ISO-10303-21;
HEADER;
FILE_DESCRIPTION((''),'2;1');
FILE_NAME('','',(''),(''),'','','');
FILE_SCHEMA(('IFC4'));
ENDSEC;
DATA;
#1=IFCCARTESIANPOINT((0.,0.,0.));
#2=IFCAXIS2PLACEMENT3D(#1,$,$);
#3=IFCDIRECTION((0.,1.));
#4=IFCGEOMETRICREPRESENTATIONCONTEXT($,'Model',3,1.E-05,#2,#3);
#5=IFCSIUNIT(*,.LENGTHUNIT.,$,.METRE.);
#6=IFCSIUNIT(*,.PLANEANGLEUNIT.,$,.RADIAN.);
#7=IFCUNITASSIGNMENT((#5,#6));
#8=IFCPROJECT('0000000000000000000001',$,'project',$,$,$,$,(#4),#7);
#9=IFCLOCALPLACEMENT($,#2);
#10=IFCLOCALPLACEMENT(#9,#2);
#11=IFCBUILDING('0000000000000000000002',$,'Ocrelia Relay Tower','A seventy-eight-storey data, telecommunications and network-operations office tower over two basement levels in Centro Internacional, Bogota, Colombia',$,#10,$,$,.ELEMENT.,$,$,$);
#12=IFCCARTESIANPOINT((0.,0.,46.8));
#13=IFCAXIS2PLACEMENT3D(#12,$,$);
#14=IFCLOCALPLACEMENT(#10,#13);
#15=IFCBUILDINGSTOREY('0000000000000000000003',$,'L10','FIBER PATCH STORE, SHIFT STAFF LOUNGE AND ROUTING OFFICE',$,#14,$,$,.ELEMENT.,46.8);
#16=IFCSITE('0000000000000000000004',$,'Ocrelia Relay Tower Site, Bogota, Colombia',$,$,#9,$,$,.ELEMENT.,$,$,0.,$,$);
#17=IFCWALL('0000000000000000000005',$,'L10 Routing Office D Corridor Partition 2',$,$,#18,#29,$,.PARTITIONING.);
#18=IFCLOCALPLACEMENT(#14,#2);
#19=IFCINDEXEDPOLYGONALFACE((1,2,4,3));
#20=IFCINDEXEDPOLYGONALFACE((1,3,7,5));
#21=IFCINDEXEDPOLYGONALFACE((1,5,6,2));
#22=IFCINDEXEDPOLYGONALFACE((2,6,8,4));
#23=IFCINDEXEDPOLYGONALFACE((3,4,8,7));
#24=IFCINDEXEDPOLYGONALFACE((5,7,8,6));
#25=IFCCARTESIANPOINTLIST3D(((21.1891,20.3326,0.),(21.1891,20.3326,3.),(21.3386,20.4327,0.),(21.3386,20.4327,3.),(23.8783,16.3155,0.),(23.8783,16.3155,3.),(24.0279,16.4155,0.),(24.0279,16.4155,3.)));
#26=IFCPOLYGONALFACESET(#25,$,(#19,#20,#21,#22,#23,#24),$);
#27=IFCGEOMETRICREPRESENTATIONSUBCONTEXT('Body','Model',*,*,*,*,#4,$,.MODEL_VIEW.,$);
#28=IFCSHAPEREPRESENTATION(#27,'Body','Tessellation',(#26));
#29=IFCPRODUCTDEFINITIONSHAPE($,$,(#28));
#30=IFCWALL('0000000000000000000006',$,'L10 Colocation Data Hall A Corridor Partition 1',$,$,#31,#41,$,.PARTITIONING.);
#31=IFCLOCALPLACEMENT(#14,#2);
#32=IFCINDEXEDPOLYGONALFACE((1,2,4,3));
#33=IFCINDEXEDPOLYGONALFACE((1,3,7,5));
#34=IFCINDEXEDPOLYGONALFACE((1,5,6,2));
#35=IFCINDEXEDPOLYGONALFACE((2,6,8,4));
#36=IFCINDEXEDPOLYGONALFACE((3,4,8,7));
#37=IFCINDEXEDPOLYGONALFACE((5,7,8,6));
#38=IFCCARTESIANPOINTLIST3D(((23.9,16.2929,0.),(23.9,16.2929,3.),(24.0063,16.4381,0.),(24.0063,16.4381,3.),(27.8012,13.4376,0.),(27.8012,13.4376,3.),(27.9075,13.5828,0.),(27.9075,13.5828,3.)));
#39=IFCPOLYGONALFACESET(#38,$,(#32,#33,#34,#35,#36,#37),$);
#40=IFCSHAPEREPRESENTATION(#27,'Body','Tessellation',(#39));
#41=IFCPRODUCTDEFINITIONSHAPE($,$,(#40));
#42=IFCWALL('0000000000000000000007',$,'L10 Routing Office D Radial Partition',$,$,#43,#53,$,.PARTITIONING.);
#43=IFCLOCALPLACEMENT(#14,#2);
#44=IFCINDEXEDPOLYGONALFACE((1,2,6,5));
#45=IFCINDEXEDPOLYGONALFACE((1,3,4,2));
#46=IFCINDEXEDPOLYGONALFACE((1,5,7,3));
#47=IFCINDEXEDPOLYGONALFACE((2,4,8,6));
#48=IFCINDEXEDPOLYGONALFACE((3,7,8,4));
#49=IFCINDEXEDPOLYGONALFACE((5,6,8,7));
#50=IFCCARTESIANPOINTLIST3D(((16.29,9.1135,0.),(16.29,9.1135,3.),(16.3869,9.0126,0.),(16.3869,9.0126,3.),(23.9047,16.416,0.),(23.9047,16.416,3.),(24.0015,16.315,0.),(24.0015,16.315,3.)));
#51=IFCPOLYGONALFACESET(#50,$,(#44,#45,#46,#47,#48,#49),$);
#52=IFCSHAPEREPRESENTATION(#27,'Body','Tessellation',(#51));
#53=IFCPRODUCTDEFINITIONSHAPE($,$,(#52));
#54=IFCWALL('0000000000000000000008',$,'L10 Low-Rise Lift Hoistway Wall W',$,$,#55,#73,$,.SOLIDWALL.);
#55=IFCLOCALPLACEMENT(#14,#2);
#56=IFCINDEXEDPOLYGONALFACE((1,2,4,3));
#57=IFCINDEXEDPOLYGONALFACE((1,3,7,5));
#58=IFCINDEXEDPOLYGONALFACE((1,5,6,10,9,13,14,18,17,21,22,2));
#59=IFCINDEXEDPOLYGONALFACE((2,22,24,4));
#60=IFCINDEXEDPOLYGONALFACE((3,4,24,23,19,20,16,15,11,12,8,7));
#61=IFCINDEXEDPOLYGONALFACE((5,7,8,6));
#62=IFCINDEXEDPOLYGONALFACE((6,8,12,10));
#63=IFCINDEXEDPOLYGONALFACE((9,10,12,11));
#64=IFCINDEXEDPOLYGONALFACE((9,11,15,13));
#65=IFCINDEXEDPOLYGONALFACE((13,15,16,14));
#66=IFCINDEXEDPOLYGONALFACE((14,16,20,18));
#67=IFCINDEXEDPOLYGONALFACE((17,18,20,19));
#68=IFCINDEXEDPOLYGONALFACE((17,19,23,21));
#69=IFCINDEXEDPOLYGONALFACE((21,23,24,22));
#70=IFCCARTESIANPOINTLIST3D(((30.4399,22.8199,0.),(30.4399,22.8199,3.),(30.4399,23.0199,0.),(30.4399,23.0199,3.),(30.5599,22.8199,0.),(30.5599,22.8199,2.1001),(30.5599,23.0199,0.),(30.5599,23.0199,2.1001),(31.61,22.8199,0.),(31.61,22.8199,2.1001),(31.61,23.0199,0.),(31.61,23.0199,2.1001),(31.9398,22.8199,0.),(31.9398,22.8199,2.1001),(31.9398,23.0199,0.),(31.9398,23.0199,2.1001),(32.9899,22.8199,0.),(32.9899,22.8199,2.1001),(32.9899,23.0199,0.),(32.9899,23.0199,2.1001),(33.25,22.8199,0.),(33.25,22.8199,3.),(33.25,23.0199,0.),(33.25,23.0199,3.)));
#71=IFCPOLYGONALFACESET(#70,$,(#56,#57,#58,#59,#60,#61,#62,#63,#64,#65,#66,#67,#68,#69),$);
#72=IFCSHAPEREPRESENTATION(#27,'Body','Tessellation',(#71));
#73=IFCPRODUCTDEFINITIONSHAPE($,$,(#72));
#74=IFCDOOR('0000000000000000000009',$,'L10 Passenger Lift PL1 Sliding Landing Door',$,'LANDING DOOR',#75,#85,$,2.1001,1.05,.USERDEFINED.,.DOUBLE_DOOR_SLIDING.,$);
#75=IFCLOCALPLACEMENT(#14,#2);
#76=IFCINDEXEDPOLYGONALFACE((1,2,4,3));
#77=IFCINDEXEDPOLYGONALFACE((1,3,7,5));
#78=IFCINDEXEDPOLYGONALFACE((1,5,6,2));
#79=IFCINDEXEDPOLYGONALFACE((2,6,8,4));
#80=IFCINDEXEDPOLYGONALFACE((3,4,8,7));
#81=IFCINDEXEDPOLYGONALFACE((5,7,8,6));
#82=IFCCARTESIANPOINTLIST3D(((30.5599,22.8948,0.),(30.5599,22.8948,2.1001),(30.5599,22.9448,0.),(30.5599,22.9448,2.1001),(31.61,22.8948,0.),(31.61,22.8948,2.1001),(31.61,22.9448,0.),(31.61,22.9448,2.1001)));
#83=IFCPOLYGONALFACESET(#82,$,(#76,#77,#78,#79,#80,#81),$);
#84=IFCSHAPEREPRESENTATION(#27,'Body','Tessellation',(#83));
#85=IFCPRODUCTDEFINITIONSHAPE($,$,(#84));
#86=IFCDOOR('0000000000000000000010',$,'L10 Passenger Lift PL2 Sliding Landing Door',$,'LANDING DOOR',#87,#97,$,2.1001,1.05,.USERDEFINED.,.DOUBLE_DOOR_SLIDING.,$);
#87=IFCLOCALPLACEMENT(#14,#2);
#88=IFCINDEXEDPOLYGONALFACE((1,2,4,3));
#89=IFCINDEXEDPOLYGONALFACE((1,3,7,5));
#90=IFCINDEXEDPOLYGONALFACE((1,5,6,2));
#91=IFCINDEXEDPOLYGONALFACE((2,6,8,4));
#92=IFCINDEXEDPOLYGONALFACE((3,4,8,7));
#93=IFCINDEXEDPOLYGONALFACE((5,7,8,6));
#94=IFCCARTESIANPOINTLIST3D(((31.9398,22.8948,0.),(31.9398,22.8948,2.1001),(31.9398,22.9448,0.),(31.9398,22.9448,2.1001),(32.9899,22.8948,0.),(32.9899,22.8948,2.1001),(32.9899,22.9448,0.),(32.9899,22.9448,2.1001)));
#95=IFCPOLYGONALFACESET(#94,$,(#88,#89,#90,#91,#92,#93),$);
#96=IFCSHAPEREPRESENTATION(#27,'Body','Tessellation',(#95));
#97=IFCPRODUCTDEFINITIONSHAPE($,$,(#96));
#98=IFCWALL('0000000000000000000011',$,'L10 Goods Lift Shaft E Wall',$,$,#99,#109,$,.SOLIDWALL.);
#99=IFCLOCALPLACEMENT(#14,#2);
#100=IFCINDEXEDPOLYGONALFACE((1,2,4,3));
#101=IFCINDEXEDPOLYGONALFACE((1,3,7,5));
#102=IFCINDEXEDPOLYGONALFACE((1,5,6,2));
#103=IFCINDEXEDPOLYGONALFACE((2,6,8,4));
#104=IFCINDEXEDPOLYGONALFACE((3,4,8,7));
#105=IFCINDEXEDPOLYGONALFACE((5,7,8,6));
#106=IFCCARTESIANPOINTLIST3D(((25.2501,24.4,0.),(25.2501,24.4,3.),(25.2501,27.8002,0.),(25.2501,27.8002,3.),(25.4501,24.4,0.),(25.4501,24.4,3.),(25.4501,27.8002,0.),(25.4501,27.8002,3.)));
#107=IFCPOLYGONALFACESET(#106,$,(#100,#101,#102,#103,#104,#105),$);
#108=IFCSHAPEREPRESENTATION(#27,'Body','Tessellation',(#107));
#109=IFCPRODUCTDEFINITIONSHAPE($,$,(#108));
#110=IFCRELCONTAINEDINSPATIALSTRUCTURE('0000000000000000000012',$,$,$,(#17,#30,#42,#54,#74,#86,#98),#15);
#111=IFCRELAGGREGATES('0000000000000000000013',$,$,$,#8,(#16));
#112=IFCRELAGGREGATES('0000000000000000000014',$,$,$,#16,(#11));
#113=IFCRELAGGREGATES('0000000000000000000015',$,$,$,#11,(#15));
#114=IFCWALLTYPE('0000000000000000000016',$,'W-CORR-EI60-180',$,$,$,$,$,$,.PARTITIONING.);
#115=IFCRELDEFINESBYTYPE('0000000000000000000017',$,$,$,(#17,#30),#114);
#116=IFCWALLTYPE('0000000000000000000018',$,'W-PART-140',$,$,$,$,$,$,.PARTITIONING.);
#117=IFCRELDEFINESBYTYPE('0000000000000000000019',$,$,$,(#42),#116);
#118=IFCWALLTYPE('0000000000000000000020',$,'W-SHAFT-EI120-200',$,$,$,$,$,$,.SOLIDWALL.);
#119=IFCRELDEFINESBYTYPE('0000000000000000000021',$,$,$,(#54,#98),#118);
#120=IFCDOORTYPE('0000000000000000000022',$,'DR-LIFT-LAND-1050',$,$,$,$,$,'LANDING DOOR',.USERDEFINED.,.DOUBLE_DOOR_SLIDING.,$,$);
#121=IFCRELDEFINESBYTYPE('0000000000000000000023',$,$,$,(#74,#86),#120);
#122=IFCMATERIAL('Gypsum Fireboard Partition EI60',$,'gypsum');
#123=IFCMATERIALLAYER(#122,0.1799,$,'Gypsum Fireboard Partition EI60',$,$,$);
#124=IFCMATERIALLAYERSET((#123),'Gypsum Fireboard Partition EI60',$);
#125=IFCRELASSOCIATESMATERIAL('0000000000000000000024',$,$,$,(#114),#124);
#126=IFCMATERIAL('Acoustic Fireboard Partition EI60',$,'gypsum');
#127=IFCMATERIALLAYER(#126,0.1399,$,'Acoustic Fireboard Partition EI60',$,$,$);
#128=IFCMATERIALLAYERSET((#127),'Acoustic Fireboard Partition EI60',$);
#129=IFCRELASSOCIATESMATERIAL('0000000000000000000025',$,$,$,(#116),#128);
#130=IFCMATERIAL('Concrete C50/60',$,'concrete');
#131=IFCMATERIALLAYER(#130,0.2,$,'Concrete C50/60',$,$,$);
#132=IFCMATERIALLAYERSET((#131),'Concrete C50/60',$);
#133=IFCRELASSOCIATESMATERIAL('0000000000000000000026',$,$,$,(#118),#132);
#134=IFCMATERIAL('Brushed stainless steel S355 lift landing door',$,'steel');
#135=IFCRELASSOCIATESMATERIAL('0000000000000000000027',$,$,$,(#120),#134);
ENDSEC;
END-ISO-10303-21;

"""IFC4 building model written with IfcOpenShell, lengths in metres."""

from ifc_helpers import new_model, si_unit, direction, frame, frame_2d, origin, place, context, subcontext, project, spatial, rectangle, extrude, material, layer, layer_set, type_object, element, fill, save


model = new_model("IFC4")

# Units and contexts
model_context = context("Model", 3, precision=1e-05, world=origin(), true_north=direction((0.0, 1.0)))
body_context = subcontext(model_context, "Body", "Model", "MODEL_VIEW")
ifc_project = project(units=[si_unit("LENGTHUNIT", "METRE"), si_unit("PLANEANGLEUNIT", "RADIAN")], contexts=[model_context])

# Site, building, storey
site_placement = place(None, origin())
site = spatial("IfcSite", under=ifc_project, at=site_placement, Name="Ocrelia Relay Tower Site, Bogota, Colombia", CompositionType="ELEMENT", RefElevation=0.0)
building_placement = place(site_placement, origin())
building = spatial("IfcBuilding", under=site, at=building_placement, Name="Ocrelia Relay Tower", Description="A seventy-eight-storey data, telecommunications and network-operations office tower over two basement levels in Centro Internacional, Bogota, Colombia", CompositionType="ELEMENT")
storey_placement = place(building_placement, frame((0.0, 0.0, 46.8)))
storey = spatial("IfcBuildingStorey", under=building, at=storey_placement, Name="L10", Description="FIBER PATCH STORE, SHIFT STAFF LOUNGE AND ROUTING OFFICE", CompositionType="ELEMENT", Elevation=46.8)

# Walls
ifc_material_1 = material(Name="Gypsum Fireboard Partition EI60", Category="gypsum")
ifc_layer_1 = layer(ifc_material_1, 0.1799, Name="Gypsum Fireboard Partition EI60")
ifc_layer_set_1 = layer_set([ifc_layer_1], Name="Gypsum Fireboard Partition EI60")
wall_type_1 = type_object("IfcWallType", Name="W-CORR-EI60-180", PredefinedType="PARTITIONING", material=ifc_layer_set_1)
wall_1_placement = place(storey_placement, frame((21.2639, 20.3826, 0.0), z_axis=(0.0, 0.0, 1.0), x_axis=(0.556296, -0.830984, 0.0)))
element("IfcWall", 1, at=wall_1_placement, inside=storey, type_object=wall_type_1, Name="L10 Routing Office D Corridor Partition 2", PredefinedType="PARTITIONING", context=body_context, shape_type="SweptSolid", body=[
    extrude(rectangle(XDim=4.8342, YDim=0.1799, at=frame_2d((2.417, 0.0))), origin(), (0.0, 0.0, 1.0), 3.0),
])
wall_2_placement = place(storey_placement, frame((23.9531, 16.3655, 0.0), z_axis=(0.0, 0.0, 1.0), x_axis=(0.806957, -0.59061, 0.0)))
element("IfcWall", 2, at=wall_2_placement, inside=storey, type_object=wall_type_1, Name="L10 Colocation Data Hall A Corridor Partition 1", PredefinedType="PARTITIONING", context=body_context, shape_type="SweptSolid", body=[
    extrude(rectangle(XDim=4.8345, YDim=0.1799, at=frame_2d((2.4172, 0.0))), origin(), (0.0, 0.0, 1.0), 3.0),
])
ifc_material_2 = material(Name="Acoustic Fireboard Partition EI60", Category="gypsum")
ifc_layer_2 = layer(ifc_material_2, 0.1399, Name="Acoustic Fireboard Partition EI60")
ifc_layer_set_2 = layer_set([ifc_layer_2], Name="Acoustic Fireboard Partition EI60")
wall_type_2 = type_object("IfcWallType", Name="W-PART-140", PredefinedType="PARTITIONING", material=ifc_layer_set_2)
wall_3_placement = place(storey_placement, frame((23.9531, 16.3655, 0.0), z_axis=(0.0, 0.0, 1.0), x_axis=(-0.72175, -0.692154, 0.0)))
element("IfcWall", 3, at=wall_3_placement, inside=storey, type_object=wall_type_2, Name="L10 Routing Office D Radial Partition", PredefinedType="PARTITIONING", context=body_context, shape_type="SweptSolid", body=[
    extrude(rectangle(XDim=10.5503, YDim=0.1399, at=frame_2d((5.2751, 0.0))), origin(), (0.0, 0.0, 1.0), 3.0),
])

# Wall, openings, doors
ifc_material_3 = material(Name="Concrete C50/60", Category="concrete")
ifc_layer_3 = layer(ifc_material_3, 0.2, Name="Concrete C50/60")
ifc_layer_set_3 = layer_set([ifc_layer_3], Name="Concrete C50/60")
wall_type_3 = type_object("IfcWallType", Name="W-SHAFT-EI120-200", PredefinedType="SOLIDWALL", material=ifc_layer_set_3)
wall_4_placement = place(storey_placement, frame((30.4399, 22.9199, 0.0), z_axis=(0.0, 0.0, 1.0), x_axis=(1.0, 0.0, 0.0)))
wall_4 = element("IfcWall", 4, at=wall_4_placement, inside=storey, type_object=wall_type_3, Name="L10 Low-Rise Lift Hoistway Wall W", PredefinedType="SOLIDWALL", context=body_context, shape_type="SweptSolid", body=[
    extrude(rectangle(XDim=2.8101, YDim=0.2, at=frame_2d((1.405, 0.0))), origin(), (0.0, 0.0, 1.0), 3.0),
])
opening_1_placement = place(wall_4_placement, frame((0.1201, 0.0, 0.0)))
opening_1 = element("IfcOpeningElement", 5, at=opening_1_placement, cuts=wall_4, PredefinedType="OPENING", context=body_context, shape_type="SweptSolid", body=[
    extrude(rectangle(XDim=1.05, YDim=2.1001, at=frame_2d((0.5249, 1.05))), frame((0.0, 0.1099, 0.0), z_axis=(0.0, -1.0, 0.0), x_axis=(1.0, 0.0, 0.0)), (0.0, 0.0, 1.0), 0.22),
])
opening_2_placement = place(wall_4_placement, frame((1.5, 0.0, 0.0)))
opening_2 = element("IfcOpeningElement", 6, at=opening_2_placement, cuts=wall_4, PredefinedType="OPENING", context=body_context, shape_type="SweptSolid", body=[
    extrude(rectangle(XDim=1.05, YDim=2.1001, at=frame_2d((0.5249, 1.05))), frame((0.0, 0.1099, 0.0), z_axis=(0.0, -1.0, 0.0), x_axis=(1.0, 0.0, 0.0)), (0.0, 0.0, 1.0), 0.22),
])
ifc_material_4 = material(Name="Brushed stainless steel S355 lift landing door", Category="steel")
door_type_1 = type_object("IfcDoorType", Name="DR-LIFT-LAND-1050", ElementType="LANDING DOOR", OperationType="DOUBLE_DOOR_SLIDING", PredefinedType="USERDEFINED", material=ifc_material_4)
door_1_placement = place(opening_1_placement, origin())
door_1 = element("IfcDoor", 7, at=door_1_placement, inside=storey, type_object=door_type_1, Name="L10 Passenger Lift PL1 Sliding Landing Door", ObjectType="LANDING DOOR", OperationType="DOUBLE_DOOR_SLIDING", OverallHeight=2.1001, OverallWidth=1.05, PredefinedType="USERDEFINED", context=body_context, shape_type="SweptSolid", body=[
    extrude(rectangle(XDim=1.05, YDim=2.1001, at=frame_2d((0.5249, 1.05))), frame((0.0, 0.0249, 0.0), z_axis=(0.0, -1.0, 0.0), x_axis=(1.0, 0.0, 0.0)), (0.0, 0.0, 1.0), 0.05),
])
fill(opening_1, door_1)
door_2_placement = place(opening_2_placement, origin())
door_2 = element("IfcDoor", 8, at=door_2_placement, inside=storey, type_object=door_type_1, Name="L10 Passenger Lift PL2 Sliding Landing Door", ObjectType="LANDING DOOR", OperationType="DOUBLE_DOOR_SLIDING", OverallHeight=2.1001, OverallWidth=1.05, PredefinedType="USERDEFINED", context=body_context, shape_type="SweptSolid", body=[
    extrude(rectangle(XDim=1.05, YDim=2.1001, at=frame_2d((0.5249, 1.05))), frame((0.0, 0.0249, 0.0), z_axis=(0.0, -1.0, 0.0), x_axis=(1.0, 0.0, 0.0)), (0.0, 0.0, 1.0), 0.05),
])
fill(opening_2, door_2)

# Wall
wall_5_placement = place(storey_placement, frame((25.3501, 24.3999, 0.0), z_axis=(0.0, 0.0, 1.0), x_axis=(0.0, 1.0, 0.0)))
element("IfcWall", 9, at=wall_5_placement, inside=storey, type_object=wall_type_3, Name="L10 Goods Lift Shaft E Wall", PredefinedType="SOLIDWALL", context=body_context, shape_type="SweptSolid", body=[
    extrude(rectangle(XDim=3.4001, YDim=0.2, at=frame_2d((1.7002, 0.0))), origin(), (0.0, 0.0, 1.0), 3.0),
])

save(model, "model.ifc")
